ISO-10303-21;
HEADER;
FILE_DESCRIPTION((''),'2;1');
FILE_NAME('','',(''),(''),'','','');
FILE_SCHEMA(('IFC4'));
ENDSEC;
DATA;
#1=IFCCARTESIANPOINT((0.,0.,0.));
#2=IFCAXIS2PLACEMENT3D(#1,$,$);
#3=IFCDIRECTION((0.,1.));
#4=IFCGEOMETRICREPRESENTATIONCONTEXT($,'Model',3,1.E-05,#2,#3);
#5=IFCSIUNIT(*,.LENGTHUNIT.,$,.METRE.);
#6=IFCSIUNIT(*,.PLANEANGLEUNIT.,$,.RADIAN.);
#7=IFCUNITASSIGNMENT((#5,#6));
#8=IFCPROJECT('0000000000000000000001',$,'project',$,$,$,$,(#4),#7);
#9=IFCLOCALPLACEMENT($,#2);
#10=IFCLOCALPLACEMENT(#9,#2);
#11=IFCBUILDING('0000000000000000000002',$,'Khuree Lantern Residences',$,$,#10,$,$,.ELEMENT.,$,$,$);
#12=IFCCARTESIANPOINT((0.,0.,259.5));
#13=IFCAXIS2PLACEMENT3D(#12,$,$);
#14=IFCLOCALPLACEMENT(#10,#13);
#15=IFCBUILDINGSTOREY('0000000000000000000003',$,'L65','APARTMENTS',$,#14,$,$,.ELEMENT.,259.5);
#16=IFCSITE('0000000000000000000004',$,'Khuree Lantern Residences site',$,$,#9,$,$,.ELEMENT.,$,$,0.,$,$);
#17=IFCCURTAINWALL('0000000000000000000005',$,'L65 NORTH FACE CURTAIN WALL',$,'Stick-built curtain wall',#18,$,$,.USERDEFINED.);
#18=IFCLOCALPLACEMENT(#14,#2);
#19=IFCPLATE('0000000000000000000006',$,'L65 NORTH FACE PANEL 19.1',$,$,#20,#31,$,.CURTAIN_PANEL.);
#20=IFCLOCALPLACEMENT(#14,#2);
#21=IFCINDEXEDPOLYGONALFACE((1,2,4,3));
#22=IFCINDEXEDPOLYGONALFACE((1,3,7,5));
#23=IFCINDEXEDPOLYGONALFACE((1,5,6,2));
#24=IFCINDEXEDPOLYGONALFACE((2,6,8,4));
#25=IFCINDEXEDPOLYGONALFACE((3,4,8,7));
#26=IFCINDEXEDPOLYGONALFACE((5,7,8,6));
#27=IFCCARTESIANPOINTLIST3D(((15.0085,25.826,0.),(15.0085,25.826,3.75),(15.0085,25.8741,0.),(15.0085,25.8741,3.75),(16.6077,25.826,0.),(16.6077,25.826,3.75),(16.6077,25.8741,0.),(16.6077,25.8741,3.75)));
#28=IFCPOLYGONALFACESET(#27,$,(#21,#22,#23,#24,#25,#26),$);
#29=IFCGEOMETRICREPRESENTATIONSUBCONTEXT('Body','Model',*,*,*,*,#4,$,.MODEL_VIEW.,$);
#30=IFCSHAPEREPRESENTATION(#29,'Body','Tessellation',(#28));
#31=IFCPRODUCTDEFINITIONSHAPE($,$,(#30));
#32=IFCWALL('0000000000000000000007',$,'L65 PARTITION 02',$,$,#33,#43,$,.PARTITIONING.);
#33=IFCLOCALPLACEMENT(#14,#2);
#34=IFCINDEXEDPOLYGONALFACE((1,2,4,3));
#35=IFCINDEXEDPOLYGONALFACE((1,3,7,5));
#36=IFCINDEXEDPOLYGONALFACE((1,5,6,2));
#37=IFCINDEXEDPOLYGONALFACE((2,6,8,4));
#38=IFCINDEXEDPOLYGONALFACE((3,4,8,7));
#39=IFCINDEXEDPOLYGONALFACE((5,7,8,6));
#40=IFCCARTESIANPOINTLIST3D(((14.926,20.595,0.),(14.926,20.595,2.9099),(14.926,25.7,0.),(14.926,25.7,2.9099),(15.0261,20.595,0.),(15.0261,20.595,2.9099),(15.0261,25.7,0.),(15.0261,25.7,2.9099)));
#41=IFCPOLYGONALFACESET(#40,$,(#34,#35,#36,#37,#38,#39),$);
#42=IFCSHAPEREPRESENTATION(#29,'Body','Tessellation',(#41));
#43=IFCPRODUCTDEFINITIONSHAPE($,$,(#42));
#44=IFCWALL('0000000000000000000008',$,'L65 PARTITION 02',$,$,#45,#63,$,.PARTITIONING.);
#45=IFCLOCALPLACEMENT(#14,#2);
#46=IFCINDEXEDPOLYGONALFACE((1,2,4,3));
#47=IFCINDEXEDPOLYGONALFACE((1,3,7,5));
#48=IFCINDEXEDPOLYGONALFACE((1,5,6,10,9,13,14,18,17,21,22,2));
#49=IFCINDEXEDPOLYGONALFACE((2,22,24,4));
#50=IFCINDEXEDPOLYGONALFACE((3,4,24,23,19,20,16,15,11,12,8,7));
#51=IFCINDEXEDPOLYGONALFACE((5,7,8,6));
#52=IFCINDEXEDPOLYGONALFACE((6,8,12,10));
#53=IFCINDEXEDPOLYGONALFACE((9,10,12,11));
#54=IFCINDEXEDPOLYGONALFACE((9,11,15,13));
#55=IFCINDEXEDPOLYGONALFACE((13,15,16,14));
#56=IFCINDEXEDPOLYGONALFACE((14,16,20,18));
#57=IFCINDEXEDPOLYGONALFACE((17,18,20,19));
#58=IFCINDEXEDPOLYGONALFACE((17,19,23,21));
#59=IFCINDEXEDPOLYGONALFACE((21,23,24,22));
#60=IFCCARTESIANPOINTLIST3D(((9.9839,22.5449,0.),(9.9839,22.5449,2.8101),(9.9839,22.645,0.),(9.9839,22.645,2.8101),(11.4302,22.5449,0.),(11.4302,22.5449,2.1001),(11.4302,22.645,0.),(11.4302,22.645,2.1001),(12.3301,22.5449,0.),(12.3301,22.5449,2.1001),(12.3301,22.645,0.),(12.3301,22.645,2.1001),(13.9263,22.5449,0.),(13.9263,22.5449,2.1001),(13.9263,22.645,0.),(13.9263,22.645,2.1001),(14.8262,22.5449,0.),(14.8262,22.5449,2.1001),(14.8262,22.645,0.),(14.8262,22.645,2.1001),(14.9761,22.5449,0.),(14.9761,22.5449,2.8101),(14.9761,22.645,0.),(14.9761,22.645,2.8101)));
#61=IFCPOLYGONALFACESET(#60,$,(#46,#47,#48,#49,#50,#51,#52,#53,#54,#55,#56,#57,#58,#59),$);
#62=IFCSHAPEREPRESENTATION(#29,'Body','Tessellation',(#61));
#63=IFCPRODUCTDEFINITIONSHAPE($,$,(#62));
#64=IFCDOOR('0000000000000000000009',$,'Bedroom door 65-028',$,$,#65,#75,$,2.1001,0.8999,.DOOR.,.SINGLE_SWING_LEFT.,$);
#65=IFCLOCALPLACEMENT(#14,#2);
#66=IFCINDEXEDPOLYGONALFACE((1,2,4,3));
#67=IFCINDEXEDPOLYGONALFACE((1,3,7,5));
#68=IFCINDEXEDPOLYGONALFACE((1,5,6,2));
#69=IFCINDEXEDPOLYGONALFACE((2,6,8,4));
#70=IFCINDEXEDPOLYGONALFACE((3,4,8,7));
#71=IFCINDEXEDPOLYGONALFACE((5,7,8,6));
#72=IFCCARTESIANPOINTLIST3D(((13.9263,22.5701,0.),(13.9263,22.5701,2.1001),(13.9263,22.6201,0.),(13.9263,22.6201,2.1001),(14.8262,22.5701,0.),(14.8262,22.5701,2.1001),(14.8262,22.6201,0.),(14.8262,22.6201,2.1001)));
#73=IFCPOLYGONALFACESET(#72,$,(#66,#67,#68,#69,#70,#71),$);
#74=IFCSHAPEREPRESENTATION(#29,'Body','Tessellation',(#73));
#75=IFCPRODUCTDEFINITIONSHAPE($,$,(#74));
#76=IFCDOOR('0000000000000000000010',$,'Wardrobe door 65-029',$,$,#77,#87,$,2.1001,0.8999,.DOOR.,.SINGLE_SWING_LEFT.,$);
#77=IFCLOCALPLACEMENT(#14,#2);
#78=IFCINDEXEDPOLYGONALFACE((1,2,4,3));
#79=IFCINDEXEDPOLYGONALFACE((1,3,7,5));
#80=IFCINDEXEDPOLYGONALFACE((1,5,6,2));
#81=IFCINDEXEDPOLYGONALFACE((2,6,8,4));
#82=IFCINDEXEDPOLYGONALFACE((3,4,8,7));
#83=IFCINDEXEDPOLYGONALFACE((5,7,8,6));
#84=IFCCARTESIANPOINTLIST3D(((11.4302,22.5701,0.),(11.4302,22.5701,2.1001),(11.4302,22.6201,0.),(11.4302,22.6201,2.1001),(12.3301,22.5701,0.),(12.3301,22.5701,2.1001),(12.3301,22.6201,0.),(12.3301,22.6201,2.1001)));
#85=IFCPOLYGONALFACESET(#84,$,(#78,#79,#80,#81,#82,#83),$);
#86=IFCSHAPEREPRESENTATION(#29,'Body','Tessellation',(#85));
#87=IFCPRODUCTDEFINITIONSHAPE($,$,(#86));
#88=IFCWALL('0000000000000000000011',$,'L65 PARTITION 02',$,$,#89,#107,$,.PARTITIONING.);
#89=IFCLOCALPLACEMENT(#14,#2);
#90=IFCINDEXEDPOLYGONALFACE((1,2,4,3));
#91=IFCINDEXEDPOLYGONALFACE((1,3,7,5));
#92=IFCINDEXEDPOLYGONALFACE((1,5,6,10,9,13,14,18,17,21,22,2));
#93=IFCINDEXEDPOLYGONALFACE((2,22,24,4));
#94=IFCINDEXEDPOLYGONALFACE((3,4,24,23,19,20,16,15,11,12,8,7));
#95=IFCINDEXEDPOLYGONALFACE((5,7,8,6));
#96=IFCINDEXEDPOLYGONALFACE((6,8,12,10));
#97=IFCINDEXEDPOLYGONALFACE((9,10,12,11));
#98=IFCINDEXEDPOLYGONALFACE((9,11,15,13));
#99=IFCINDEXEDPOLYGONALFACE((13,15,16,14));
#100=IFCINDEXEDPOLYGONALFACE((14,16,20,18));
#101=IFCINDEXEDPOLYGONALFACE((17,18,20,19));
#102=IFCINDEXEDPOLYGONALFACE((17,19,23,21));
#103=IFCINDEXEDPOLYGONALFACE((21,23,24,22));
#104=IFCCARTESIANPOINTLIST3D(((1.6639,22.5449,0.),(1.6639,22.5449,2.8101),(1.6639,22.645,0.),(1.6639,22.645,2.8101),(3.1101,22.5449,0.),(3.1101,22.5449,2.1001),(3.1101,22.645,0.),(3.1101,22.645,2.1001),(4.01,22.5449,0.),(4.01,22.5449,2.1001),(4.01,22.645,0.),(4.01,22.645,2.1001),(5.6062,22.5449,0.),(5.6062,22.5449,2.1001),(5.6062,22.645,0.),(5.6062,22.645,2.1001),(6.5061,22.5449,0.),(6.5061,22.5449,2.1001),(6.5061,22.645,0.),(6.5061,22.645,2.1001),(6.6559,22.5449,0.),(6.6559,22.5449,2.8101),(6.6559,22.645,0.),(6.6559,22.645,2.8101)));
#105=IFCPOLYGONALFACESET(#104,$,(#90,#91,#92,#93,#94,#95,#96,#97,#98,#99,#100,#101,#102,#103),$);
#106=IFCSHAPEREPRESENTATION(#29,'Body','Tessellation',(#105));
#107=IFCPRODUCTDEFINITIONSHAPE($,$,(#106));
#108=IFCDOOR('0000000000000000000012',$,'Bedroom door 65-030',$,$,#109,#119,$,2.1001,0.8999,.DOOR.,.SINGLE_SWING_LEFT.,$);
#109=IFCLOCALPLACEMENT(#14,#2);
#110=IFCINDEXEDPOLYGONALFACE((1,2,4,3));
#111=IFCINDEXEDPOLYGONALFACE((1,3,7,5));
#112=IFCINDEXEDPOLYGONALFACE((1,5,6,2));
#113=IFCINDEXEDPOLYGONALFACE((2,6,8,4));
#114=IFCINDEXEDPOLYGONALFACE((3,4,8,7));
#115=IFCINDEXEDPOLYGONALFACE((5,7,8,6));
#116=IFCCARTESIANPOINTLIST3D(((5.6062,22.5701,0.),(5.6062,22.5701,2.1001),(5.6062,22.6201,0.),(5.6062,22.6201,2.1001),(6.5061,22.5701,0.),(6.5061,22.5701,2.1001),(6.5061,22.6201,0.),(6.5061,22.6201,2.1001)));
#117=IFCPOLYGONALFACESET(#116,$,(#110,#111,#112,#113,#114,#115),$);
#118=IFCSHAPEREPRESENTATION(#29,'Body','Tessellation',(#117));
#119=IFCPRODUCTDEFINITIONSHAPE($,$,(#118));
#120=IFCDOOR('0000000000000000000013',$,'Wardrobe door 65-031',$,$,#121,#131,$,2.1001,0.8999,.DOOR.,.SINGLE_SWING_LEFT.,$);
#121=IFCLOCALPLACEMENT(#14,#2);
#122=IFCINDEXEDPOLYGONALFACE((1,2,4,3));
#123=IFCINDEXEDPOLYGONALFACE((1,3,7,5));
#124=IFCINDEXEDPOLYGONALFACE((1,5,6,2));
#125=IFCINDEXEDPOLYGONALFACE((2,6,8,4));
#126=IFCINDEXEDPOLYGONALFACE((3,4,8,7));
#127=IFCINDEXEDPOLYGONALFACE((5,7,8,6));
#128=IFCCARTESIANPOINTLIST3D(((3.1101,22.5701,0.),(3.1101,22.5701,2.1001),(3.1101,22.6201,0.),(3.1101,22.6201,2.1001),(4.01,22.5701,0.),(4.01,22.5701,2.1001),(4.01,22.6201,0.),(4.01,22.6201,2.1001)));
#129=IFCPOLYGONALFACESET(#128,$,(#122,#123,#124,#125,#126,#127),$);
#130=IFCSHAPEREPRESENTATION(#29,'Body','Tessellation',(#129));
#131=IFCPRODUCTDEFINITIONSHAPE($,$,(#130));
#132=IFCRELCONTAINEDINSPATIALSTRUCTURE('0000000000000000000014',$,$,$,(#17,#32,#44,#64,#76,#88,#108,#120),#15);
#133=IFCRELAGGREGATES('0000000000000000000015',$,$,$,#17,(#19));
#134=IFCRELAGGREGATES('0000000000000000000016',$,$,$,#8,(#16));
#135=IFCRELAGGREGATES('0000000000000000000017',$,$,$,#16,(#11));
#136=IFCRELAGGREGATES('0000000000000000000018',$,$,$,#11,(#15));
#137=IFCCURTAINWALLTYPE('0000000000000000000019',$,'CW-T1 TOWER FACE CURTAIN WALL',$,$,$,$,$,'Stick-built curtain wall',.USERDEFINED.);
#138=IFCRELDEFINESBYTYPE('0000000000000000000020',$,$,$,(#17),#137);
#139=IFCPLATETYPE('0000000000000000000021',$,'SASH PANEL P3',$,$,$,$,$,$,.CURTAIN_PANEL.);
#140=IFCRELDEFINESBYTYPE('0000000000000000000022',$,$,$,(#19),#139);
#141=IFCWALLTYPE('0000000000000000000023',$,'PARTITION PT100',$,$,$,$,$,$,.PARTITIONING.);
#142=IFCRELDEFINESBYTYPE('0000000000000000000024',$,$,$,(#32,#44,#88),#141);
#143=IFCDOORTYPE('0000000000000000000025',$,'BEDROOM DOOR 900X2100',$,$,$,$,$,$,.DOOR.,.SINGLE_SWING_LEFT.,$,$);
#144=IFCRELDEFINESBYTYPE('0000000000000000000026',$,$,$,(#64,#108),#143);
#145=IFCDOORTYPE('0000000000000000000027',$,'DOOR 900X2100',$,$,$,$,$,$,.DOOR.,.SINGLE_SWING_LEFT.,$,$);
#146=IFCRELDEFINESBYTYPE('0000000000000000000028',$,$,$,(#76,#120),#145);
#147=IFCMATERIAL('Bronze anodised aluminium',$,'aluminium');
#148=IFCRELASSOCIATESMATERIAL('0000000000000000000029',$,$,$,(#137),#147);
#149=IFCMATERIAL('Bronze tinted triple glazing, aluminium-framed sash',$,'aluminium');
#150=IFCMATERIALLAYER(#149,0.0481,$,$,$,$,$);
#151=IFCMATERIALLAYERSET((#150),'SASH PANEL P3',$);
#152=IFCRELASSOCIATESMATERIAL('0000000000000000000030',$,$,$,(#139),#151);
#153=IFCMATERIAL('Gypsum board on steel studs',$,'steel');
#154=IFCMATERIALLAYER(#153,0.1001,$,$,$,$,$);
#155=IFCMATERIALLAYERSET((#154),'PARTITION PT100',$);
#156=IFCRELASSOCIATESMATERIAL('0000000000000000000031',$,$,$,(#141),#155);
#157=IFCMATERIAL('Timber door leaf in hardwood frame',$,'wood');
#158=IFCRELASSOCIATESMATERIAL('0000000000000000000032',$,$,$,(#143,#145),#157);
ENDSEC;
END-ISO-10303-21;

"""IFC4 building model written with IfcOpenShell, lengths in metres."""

from ifc_helpers import new_model, si_unit, direction, frame, frame_2d, origin, origin_2d, place, context, subcontext, project, spatial, rectangle, extrude, material, layer, layer_set, type_object, element, fill, aggregate, save


model = new_model("IFC4")

# Units and contexts
model_context = context("Model", 3, precision=1e-05, world=origin(), true_north=direction((0.0, 1.0)))
body_context = subcontext(model_context, "Body", "Model", "MODEL_VIEW")
ifc_project = project(units=[si_unit("LENGTHUNIT", "METRE"), si_unit("PLANEANGLEUNIT", "RADIAN")], contexts=[model_context])

# Site, building, storey
site_placement = place(None, origin())
site = spatial("IfcSite", under=ifc_project, at=site_placement, Name="Khuree Lantern Residences site", CompositionType="ELEMENT", RefElevation=0.0)
building_placement = place(site_placement, origin())
building = spatial("IfcBuilding", under=site, at=building_placement, Name="Khuree Lantern Residences", CompositionType="ELEMENT")
storey_placement = place(building_placement, frame((0.0, 0.0, 259.5)))
storey = spatial("IfcBuildingStorey", under=building, at=storey_placement, Name="L65", Description="APARTMENTS", CompositionType="ELEMENT", Elevation=259.5)

# Curtain wall
ifc_material_1 = material(Name="Bronze anodised aluminium", Category="aluminium")
curtain_wall_type = type_object("IfcCurtainWallType", Name="CW-T1 TOWER FACE CURTAIN WALL", ElementType="Stick-built curtain wall", PredefinedType="USERDEFINED", material=ifc_material_1)
curtain_wall_placement = place(storey_placement, origin())
curtain_wall = element("IfcCurtainWall", 1, at=curtain_wall_placement, inside=storey, type_object=curtain_wall_type, Name="L65 NORTH FACE CURTAIN WALL", ObjectType="Stick-built curtain wall", PredefinedType="USERDEFINED")

# Plate
ifc_material_2 = material(Name="Bronze tinted triple glazing, aluminium-framed sash", Category="aluminium")
ifc_layer_1 = layer(ifc_material_2, 0.0481)
ifc_layer_set_1 = layer_set([ifc_layer_1], Name="SASH PANEL P3")
plate_type_1 = type_object("IfcPlateType", Name="SASH PANEL P3", PredefinedType="CURTAIN_PANEL", material=ifc_layer_set_1)
plate_1_placement = place(storey_placement, frame((15.8081, 25.8501, 0.0), z_axis=(0.0, 0.0, 1.0), x_axis=(-1.0, 0.0, 0.0)))
plate_1 = element("IfcPlate", 2, at=plate_1_placement, type_object=plate_type_1, Name="L65 NORTH FACE PANEL 19.1", PredefinedType="CURTAIN_PANEL", context=body_context, shape_type="SweptSolid", body=[
    extrude(rectangle(XDim=1.5991, YDim=0.0481, at=origin_2d()), origin(), (0.0, 0.0, 1.0), 3.75),
])
aggregate(curtain_wall, [plate_1])

# Wall
ifc_material_3 = material(Name="Gypsum board on steel studs", Category="steel")
ifc_layer_2 = layer(ifc_material_3, 0.1001)
ifc_layer_set_2 = layer_set([ifc_layer_2], Name="PARTITION PT100")
wall_type = type_object("IfcWallType", Name="PARTITION PT100", PredefinedType="PARTITIONING", material=ifc_layer_set_2)
wall_1_placement = place(storey_placement, frame((14.9761, 20.595, 0.0), z_axis=(0.0, 0.0, 1.0), x_axis=(0.0, 1.0, 0.0)))
element("IfcWall", 3, at=wall_1_placement, inside=storey, type_object=wall_type, Name="L65 PARTITION 02", PredefinedType="PARTITIONING", context=body_context, shape_type="SweptSolid", body=[
    extrude(rectangle(XDim=5.105, YDim=0.1001, at=frame_2d((2.5525, 0.0))), origin(), (0.0, 0.0, 1.0), 2.9099),
])

# Walls, openings, doors
wall_2_placement = place(storey_placement, frame((14.9761, 22.595, 0.0), z_axis=(0.0, 0.0, 1.0), x_axis=(-1.0, 0.0, 0.0)))
wall_2 = element("IfcWall", 4, at=wall_2_placement, inside=storey, type_object=wall_type, Name="L65 PARTITION 02", PredefinedType="PARTITIONING", context=body_context, shape_type="SweptSolid", body=[
    extrude(rectangle(XDim=4.9922, YDim=0.1001, at=frame_2d((2.4961, 0.0))), origin(), (0.0, 0.0, 1.0), 2.8101),
])
opening_1_placement = place(wall_2_placement, frame((0.1499, 0.0, 0.0)))
opening_1 = element("IfcOpeningElement", 5, at=opening_1_placement, cuts=wall_2, PredefinedType="OPENING", context=body_context, shape_type="SweptSolid", body=[
    extrude(rectangle(XDim=0.8999, YDim=2.1001, at=frame_2d((0.45, 1.05))), frame((0.0, 0.0601, 0.0), z_axis=(0.0, -1.0, 0.0), x_axis=(1.0, 0.0, 0.0)), (0.0, 0.0, 1.0), 0.1201),
])
opening_2_placement = place(wall_2_placement, frame((2.646, 0.0, 0.0)))
opening_2 = element("IfcOpeningElement", 6, at=opening_2_placement, cuts=wall_2, PredefinedType="OPENING", context=body_context, shape_type="SweptSolid", body=[
    extrude(rectangle(XDim=0.8999, YDim=2.1001, at=frame_2d((0.45, 1.05))), frame((0.0, 0.0601, 0.0), z_axis=(0.0, -1.0, 0.0), x_axis=(1.0, 0.0, 0.0)), (0.0, 0.0, 1.0), 0.1201),
])
ifc_material_4 = material(Name="Timber door leaf in hardwood frame", Category="wood")
door_type_1 = type_object("IfcDoorType", Name="BEDROOM DOOR 900X2100", OperationType="SINGLE_SWING_LEFT", PredefinedType="DOOR", material=ifc_material_4)
door_1_placement = place(opening_1_placement, origin())
door_1 = element("IfcDoor", 7, at=door_1_placement, inside=storey, type_object=door_type_1, Name="Bedroom door 65-028", OperationType="SINGLE_SWING_LEFT", OverallHeight=2.1001, OverallWidth=0.8999, PredefinedType="DOOR", context=body_context, shape_type="SweptSolid", body=[
    extrude(rectangle(XDim=0.8999, YDim=2.1001, at=frame_2d((0.45, 1.05))), frame((0.0, 0.0249, 0.0), z_axis=(0.0, -1.0, 0.0), x_axis=(1.0, 0.0, 0.0)), (0.0, 0.0, 1.0), 0.05),
])
fill(opening_1, door_1)
door_type_2 = type_object("IfcDoorType", Name="DOOR 900X2100", OperationType="SINGLE_SWING_LEFT", PredefinedType="DOOR", material=ifc_material_4)
door_2_placement = place(opening_2_placement, origin())
door_2 = element("IfcDoor", 8, at=door_2_placement, inside=storey, type_object=door_type_2, Name="Wardrobe door 65-029", OperationType="SINGLE_SWING_LEFT", OverallHeight=2.1001, OverallWidth=0.8999, PredefinedType="DOOR", context=body_context, shape_type="SweptSolid", body=[
    extrude(rectangle(XDim=0.8999, YDim=2.1001, at=frame_2d((0.45, 1.05))), frame((0.0, 0.0249, 0.0), z_axis=(0.0, -1.0, 0.0), x_axis=(1.0, 0.0, 0.0)), (0.0, 0.0, 1.0), 0.05),
])
fill(opening_2, door_2)
wall_3_placement = place(storey_placement, frame((6.656, 22.595, 0.0), z_axis=(0.0, 0.0, 1.0), x_axis=(-1.0, 0.0, 0.0)))
wall_3 = element("IfcWall", 9, at=wall_3_placement, inside=storey, type_object=wall_type, Name="L65 PARTITION 02", PredefinedType="PARTITIONING", context=body_context, shape_type="SweptSolid", body=[
    extrude(rectangle(XDim=4.9919, YDim=0.1001, at=frame_2d((2.4961, 0.0))), origin(), (0.0, 0.0, 1.0), 2.8101),
])
opening_3_placement = place(wall_3_placement, frame((0.1499, 0.0, 0.0)))
opening_3 = element("IfcOpeningElement", 10, at=opening_3_placement, cuts=wall_3, PredefinedType="OPENING", context=body_context, shape_type="SweptSolid", body=[
    extrude(rectangle(XDim=0.8999, YDim=2.1001, at=frame_2d((0.45, 1.05))), frame((0.0, 0.0601, 0.0), z_axis=(0.0, -1.0, 0.0), x_axis=(1.0, 0.0, 0.0)), (0.0, 0.0, 1.0), 0.1201),
])
opening_4_placement = place(wall_3_placement, frame((2.646, 0.0, 0.0)))
opening_4 = element("IfcOpeningElement", 11, at=opening_4_placement, cuts=wall_3, PredefinedType="OPENING", context=body_context, shape_type="SweptSolid", body=[
    extrude(rectangle(XDim=0.8999, YDim=2.1001, at=frame_2d((0.45, 1.05))), frame((0.0, 0.0601, 0.0), z_axis=(0.0, -1.0, 0.0), x_axis=(1.0, 0.0, 0.0)), (0.0, 0.0, 1.0), 0.1201),
])
door_3_placement = place(opening_3_placement, origin())
door_3 = element("IfcDoor", 12, at=door_3_placement, inside=storey, type_object=door_type_1, Name="Bedroom door 65-030", OperationType="SINGLE_SWING_LEFT", OverallHeight=2.1001, OverallWidth=0.8999, PredefinedType="DOOR", context=body_context, shape_type="SweptSolid", body=[
    extrude(rectangle(XDim=0.8999, YDim=2.1001, at=frame_2d((0.45, 1.05))), frame((0.0, 0.0249, 0.0), z_axis=(0.0, -1.0, 0.0), x_axis=(1.0, 0.0, 0.0)), (0.0, 0.0, 1.0), 0.05),
])
fill(opening_3, door_3)
door_4_placement = place(opening_4_placement, origin())
door_4 = element("IfcDoor", 13, at=door_4_placement, inside=storey, type_object=door_type_2, Name="Wardrobe door 65-031", OperationType="SINGLE_SWING_LEFT", OverallHeight=2.1001, OverallWidth=0.8999, PredefinedType="DOOR", context=body_context, shape_type="SweptSolid", body=[
    extrude(rectangle(XDim=0.8999, YDim=2.1001, at=frame_2d((0.45, 1.05))), frame((0.0, 0.0249, 0.0), z_axis=(0.0, -1.0, 0.0), x_axis=(1.0, 0.0, 0.0)), (0.0, 0.0, 1.0), 0.05),
])
fill(opening_4, door_4)

save(model, "model.ifc")
